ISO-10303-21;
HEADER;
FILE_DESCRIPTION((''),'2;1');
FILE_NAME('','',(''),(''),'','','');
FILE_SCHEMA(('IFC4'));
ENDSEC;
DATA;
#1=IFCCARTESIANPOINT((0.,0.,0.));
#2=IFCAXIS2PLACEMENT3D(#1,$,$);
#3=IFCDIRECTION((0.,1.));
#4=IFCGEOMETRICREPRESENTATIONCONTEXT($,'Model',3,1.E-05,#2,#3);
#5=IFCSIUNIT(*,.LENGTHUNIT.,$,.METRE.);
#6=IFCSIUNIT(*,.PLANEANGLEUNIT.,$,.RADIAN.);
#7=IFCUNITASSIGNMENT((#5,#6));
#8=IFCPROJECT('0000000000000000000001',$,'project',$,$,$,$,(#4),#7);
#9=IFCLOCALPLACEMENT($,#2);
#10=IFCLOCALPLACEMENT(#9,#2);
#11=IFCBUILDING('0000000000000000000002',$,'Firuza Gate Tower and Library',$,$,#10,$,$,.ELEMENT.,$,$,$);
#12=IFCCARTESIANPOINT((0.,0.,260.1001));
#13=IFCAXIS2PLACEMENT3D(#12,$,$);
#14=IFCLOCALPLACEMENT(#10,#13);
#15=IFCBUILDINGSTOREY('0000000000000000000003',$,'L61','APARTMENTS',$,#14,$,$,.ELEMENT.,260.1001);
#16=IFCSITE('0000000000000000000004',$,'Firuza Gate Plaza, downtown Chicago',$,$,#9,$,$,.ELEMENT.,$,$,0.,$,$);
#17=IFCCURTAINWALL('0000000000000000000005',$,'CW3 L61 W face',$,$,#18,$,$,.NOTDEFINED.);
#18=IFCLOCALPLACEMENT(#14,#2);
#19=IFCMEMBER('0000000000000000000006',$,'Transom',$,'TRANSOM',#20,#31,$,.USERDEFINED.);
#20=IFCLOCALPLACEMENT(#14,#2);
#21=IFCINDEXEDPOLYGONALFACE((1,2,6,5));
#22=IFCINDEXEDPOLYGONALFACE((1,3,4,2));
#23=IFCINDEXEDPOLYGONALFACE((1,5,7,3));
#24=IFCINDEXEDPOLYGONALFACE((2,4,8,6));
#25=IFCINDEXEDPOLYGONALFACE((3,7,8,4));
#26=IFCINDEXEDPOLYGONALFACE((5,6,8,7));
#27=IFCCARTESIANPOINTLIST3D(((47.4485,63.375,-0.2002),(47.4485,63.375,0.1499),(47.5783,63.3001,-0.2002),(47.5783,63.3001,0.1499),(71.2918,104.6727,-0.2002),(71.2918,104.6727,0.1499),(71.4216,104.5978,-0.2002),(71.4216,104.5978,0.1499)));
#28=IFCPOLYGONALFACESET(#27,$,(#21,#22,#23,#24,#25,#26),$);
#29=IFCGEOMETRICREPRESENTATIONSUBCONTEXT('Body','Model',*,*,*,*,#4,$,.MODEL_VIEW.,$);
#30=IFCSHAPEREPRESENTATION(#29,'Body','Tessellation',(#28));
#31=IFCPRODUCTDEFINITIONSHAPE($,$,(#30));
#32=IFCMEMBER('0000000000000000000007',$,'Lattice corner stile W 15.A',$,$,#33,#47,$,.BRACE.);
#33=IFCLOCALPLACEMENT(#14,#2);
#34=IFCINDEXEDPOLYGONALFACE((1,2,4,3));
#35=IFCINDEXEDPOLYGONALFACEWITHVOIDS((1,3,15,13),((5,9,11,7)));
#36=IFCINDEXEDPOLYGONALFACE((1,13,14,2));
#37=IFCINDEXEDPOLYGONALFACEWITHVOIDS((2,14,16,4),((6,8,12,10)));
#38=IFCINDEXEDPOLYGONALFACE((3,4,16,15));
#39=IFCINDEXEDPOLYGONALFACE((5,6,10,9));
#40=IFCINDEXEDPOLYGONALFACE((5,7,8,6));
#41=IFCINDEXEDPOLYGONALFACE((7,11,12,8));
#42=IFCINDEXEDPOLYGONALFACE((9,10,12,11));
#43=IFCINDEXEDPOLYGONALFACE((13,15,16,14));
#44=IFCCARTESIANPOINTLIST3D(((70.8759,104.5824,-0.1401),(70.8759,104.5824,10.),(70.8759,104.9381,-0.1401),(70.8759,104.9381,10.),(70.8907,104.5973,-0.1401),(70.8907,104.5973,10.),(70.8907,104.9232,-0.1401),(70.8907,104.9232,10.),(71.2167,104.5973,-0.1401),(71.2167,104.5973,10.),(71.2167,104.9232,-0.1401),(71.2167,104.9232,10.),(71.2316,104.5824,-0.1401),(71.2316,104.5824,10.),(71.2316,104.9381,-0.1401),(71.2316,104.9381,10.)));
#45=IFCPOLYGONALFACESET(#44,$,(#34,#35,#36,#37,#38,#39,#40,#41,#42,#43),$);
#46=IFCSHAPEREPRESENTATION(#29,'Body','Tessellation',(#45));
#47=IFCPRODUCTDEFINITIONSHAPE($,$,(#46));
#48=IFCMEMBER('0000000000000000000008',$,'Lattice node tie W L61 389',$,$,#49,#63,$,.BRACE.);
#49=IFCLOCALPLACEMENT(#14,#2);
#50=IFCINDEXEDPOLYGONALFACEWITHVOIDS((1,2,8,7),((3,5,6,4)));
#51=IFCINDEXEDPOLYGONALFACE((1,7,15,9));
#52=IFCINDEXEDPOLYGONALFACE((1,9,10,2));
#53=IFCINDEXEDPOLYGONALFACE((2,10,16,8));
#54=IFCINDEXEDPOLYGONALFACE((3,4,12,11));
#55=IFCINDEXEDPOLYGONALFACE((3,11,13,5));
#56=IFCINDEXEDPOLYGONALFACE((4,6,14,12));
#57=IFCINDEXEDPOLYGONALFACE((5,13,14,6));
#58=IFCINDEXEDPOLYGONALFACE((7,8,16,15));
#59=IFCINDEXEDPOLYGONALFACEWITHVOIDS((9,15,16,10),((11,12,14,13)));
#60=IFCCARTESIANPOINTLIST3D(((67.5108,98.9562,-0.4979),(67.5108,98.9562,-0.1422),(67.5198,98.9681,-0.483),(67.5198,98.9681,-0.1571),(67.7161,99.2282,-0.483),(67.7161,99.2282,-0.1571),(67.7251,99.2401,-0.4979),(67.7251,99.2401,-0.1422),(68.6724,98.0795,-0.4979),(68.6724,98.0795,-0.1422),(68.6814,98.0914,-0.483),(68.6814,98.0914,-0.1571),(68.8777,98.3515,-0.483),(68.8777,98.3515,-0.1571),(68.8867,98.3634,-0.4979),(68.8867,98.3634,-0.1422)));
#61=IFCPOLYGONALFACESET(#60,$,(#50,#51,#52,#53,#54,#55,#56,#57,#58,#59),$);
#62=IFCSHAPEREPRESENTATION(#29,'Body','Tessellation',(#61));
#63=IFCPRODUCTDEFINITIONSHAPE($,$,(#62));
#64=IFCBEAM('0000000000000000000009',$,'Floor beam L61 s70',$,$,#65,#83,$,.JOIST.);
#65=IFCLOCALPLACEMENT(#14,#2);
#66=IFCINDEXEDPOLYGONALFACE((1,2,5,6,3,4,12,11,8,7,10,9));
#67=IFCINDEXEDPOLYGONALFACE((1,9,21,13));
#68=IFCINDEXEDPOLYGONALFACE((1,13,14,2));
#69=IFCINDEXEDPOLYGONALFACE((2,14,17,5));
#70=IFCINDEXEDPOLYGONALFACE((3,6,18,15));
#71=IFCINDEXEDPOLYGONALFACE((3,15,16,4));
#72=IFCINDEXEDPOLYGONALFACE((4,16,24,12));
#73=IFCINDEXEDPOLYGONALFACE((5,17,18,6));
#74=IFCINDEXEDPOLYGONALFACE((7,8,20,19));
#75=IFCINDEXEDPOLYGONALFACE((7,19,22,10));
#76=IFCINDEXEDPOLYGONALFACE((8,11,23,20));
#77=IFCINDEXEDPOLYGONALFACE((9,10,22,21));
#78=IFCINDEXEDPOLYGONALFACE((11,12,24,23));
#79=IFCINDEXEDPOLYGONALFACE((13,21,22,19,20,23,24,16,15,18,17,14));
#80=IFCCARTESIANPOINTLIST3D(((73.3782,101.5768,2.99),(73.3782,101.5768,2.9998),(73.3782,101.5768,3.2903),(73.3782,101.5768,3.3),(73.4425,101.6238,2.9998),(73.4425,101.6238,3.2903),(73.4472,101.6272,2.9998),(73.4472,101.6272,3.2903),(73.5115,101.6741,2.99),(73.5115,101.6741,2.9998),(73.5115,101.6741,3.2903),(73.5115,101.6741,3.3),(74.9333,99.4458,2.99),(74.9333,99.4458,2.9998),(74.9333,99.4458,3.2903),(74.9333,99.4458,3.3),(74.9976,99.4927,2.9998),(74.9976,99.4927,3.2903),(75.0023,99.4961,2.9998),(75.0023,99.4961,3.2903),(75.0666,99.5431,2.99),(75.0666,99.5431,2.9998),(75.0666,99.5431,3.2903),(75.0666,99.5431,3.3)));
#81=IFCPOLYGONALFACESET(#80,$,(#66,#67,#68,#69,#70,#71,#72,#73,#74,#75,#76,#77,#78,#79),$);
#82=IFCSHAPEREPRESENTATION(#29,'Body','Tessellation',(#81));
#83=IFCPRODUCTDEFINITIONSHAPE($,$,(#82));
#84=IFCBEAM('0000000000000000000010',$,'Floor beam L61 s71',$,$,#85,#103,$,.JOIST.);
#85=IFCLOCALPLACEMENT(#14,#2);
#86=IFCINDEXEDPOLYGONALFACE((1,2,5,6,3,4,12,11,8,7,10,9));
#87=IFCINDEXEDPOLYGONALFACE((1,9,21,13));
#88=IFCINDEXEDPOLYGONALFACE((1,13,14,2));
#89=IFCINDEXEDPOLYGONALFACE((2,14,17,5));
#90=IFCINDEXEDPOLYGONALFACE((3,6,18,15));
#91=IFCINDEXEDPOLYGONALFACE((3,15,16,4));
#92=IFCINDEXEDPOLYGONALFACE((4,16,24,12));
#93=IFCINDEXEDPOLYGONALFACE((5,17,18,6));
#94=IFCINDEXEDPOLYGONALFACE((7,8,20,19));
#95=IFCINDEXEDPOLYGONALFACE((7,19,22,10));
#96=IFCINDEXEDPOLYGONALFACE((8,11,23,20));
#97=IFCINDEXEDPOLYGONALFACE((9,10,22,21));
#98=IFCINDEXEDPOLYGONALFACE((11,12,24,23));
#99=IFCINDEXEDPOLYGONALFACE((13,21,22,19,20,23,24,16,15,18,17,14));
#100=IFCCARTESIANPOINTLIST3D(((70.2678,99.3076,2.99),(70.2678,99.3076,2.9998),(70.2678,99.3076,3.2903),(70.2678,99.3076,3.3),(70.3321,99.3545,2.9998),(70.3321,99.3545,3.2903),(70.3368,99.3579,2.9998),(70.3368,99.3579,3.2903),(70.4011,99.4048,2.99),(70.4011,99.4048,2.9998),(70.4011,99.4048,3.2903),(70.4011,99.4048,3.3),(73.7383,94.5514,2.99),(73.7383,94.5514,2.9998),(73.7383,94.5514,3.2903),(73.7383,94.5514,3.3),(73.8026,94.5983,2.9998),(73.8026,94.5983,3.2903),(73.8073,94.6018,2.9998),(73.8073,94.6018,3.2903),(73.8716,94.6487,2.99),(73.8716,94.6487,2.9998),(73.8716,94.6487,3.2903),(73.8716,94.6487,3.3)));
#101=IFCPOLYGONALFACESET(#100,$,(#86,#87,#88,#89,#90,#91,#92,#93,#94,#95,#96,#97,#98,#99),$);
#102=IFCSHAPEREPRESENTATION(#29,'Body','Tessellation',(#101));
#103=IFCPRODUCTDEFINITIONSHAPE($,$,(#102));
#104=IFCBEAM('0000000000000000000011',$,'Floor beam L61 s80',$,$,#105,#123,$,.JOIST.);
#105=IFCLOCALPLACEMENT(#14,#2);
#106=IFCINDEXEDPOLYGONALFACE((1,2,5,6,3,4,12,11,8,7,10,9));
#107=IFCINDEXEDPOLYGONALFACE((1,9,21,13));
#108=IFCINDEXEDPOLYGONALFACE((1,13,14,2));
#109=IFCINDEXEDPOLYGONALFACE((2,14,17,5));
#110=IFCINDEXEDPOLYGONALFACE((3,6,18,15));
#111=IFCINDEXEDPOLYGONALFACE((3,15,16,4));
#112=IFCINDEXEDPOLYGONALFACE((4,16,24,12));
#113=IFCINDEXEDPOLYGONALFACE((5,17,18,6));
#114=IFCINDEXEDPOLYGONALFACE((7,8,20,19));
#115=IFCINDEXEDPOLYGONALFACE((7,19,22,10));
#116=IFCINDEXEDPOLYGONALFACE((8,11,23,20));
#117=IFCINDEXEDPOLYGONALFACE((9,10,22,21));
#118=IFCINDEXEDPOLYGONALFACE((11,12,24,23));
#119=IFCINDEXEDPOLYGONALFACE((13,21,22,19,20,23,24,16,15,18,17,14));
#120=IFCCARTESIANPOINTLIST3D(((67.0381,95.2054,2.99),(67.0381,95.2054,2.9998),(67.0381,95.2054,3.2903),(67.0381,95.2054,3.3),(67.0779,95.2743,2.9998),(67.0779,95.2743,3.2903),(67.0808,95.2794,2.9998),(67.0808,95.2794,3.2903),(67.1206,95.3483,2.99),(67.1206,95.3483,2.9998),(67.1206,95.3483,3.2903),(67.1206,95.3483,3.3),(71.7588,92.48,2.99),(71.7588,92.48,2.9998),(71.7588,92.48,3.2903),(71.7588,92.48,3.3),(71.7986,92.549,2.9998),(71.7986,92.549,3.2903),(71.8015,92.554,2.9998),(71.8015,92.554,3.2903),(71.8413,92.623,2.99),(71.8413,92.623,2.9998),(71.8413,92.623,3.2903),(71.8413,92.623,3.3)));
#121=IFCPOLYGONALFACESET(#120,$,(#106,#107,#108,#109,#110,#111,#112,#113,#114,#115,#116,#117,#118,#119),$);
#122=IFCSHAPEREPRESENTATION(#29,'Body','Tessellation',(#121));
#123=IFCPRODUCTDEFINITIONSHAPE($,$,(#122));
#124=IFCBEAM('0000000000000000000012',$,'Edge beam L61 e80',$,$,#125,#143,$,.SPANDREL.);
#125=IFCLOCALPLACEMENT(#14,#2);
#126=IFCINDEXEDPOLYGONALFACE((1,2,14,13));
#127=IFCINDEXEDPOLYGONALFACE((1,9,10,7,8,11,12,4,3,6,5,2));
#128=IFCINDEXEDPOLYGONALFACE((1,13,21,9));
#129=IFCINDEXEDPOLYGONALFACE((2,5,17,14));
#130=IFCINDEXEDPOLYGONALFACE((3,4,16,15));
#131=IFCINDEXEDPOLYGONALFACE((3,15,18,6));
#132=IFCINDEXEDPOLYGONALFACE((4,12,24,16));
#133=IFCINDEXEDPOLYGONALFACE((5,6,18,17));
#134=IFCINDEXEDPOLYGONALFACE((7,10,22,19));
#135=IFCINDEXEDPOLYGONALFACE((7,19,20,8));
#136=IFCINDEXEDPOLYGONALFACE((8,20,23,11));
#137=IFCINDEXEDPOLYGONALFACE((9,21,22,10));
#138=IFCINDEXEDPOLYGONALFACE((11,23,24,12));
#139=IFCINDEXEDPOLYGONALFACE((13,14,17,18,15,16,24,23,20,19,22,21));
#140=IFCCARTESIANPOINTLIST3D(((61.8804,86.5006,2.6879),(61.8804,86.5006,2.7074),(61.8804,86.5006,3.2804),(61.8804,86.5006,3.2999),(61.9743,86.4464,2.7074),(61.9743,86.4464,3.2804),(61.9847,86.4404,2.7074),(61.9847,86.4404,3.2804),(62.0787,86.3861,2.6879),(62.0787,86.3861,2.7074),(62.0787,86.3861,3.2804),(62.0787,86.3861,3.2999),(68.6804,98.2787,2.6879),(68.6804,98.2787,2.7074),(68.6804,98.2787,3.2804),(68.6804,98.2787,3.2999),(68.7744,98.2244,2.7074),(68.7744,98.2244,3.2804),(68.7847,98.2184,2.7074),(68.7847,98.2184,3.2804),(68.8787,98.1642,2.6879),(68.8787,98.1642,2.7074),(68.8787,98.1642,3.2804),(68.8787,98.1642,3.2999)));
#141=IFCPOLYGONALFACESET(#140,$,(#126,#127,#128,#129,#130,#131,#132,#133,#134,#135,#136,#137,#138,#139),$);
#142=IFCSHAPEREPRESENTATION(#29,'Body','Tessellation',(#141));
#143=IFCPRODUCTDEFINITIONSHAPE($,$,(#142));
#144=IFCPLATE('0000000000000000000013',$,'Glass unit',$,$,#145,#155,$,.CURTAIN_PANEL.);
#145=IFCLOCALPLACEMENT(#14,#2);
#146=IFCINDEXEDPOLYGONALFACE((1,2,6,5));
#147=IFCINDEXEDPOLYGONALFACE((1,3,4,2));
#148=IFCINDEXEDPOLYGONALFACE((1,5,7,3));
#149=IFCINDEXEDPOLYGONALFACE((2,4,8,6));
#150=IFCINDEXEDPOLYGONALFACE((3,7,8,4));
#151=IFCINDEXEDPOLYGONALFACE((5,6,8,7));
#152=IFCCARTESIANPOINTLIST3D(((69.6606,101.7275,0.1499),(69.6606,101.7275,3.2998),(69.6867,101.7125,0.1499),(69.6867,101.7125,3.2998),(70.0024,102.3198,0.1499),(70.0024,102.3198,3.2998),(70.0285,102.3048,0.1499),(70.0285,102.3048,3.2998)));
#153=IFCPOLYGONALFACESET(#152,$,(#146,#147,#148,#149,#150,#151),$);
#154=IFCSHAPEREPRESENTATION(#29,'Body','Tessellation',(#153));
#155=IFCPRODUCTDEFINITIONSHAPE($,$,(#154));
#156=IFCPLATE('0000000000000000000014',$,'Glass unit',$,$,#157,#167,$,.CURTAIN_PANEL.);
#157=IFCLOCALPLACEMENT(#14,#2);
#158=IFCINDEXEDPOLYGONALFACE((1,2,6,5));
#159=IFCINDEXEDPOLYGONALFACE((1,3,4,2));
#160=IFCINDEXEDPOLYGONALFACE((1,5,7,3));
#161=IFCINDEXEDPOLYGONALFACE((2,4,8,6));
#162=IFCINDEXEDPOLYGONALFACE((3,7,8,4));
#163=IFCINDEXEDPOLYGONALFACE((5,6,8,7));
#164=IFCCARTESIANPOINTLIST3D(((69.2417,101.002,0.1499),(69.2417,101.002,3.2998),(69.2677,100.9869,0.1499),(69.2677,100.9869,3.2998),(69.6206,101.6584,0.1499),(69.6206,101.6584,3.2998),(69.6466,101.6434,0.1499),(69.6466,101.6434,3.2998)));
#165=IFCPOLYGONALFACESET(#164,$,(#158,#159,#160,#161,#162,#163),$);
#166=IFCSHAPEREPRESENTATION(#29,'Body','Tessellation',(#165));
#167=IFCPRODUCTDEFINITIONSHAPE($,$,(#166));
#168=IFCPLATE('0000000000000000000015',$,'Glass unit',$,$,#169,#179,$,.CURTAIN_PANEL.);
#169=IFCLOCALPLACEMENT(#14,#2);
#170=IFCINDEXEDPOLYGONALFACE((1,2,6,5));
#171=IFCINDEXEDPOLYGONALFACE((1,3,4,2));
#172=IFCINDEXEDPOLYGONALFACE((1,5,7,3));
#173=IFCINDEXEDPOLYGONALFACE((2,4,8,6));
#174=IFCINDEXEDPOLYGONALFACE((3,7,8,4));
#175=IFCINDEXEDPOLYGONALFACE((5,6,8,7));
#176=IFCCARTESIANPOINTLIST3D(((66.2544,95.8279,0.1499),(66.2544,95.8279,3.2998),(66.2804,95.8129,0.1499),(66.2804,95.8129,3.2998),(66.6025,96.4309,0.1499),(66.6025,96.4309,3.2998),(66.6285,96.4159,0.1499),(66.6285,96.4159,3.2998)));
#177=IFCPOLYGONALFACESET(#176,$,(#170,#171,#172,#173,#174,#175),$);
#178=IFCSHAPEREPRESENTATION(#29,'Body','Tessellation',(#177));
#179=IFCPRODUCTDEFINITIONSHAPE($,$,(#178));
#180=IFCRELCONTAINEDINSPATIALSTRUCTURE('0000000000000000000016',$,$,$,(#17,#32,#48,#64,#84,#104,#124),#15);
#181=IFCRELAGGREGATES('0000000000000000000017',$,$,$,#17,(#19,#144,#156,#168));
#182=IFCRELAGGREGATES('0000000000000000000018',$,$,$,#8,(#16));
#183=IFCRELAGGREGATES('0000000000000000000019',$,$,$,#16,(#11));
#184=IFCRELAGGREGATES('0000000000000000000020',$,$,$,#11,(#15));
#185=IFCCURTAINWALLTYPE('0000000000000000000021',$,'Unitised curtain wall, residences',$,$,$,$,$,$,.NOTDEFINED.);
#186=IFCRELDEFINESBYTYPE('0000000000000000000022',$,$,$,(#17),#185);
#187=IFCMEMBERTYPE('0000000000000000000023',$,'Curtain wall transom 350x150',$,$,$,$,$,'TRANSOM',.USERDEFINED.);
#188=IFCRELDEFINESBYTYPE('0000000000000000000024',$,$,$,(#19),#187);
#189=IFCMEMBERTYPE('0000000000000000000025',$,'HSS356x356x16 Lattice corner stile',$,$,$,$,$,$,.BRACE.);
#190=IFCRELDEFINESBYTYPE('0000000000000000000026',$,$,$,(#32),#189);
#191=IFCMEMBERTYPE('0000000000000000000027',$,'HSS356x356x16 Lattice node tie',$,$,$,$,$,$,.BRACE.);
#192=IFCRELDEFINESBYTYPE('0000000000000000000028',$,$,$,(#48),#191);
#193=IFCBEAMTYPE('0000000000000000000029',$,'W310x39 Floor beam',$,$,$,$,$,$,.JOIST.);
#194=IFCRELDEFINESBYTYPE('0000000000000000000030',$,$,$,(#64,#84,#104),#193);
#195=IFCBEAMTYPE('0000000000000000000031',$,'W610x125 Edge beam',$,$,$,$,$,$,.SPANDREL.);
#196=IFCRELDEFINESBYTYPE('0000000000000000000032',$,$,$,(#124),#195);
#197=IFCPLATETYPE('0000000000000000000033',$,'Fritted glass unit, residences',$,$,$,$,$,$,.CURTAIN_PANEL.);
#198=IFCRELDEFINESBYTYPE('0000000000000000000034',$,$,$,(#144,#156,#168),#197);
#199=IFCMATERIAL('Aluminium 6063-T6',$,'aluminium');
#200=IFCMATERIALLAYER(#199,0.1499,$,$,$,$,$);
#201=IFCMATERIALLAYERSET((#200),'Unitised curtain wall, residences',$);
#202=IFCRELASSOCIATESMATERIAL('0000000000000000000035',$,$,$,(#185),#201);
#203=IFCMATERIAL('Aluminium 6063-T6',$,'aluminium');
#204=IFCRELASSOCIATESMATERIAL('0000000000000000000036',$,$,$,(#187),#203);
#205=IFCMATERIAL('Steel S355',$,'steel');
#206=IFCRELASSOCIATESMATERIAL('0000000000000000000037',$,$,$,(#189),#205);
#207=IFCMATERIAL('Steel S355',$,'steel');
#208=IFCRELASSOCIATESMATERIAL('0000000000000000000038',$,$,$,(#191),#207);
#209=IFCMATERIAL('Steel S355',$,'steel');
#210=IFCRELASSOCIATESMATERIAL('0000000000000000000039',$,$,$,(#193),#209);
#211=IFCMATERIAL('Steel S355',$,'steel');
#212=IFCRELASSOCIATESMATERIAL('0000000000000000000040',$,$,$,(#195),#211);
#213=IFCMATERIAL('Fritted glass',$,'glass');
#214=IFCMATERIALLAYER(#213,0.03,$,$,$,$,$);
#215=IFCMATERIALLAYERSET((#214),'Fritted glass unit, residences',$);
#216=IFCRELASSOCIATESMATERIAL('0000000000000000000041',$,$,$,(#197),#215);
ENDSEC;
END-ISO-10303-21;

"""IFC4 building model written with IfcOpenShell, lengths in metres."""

from ifc_helpers import new_model, si_unit, direction, frame, origin, origin_2d, place, context, subcontext, project, spatial, polyline, rectangle, hollow_rectangle, i_section, outline, extrude, material, layer, layer_set, material_profile, profile_set, type_object, element, aggregate, save


model = new_model("IFC4")

# Units and contexts
model_context = context("Model", 3, precision=1e-05, world=origin(), true_north=direction((0.0, 1.0)))
body_context = subcontext(model_context, "Body", "Model", "MODEL_VIEW")
ifc_project = project(units=[si_unit("LENGTHUNIT", "METRE"), si_unit("PLANEANGLEUNIT", "RADIAN")], contexts=[model_context])

# Site, building, storey
site_placement = place(None, origin())
site = spatial("IfcSite", under=ifc_project, at=site_placement, Name="Firuza Gate Plaza, downtown Chicago", CompositionType="ELEMENT", RefElevation=0.0)
building_placement = place(site_placement, origin())
building = spatial("IfcBuilding", under=site, at=building_placement, Name="Firuza Gate Tower and Library", CompositionType="ELEMENT")
storey_placement = place(building_placement, frame((0.0, 0.0, 260.1001)))
storey = spatial("IfcBuildingStorey", under=building, at=storey_placement, Name="L61", Description="APARTMENTS", CompositionType="ELEMENT", Elevation=260.1001)

# Curtain wall, member
ifc_material_1 = material(Name="Aluminium 6063-T6", Category="aluminium")
ifc_layer_1 = layer(ifc_material_1, 0.1499)
ifc_layer_set_1 = layer_set([ifc_layer_1], Name="Unitised curtain wall, residences")
curtain_wall_type = type_object("IfcCurtainWallType", Name="Unitised curtain wall, residences", PredefinedType="NOTDEFINED", material=ifc_layer_set_1)
curtain_wall_placement = place(storey_placement, origin())
curtain_wall = element("IfcCurtainWall", 1, at=curtain_wall_placement, inside=storey, type_object=curtain_wall_type, Name="CW3 L61 W face", PredefinedType="NOTDEFINED")
ifc_material_2 = material(Name="Aluminium 6063-T6", Category="aluminium")
ifc_material_profile_1 = material_profile(ifc_material_2, rectangle(XDim=0.1499, YDim=0.3501, at=origin_2d()))
ifc_profile_set_1 = profile_set([ifc_material_profile_1], Name="Aluminium 6063-T6")
member_type_1 = type_object("IfcMemberType", Name="Curtain wall transom 350x150", ElementType="TRANSOM", PredefinedType="USERDEFINED", material=ifc_profile_set_1)
member_1_placement = place(storey_placement, frame((71.3567, 104.6353, -0.0251), z_axis=(-0.500001, -0.866025, 0.0), x_axis=(0.866025, -0.500001, 0.0)))
member_1 = element("IfcMember", 2, at=member_1_placement, type_object=member_type_1, Name="Transom", ObjectType="TRANSOM", PredefinedType="USERDEFINED", context=body_context, shape_type="SweptSolid", body=[
    extrude(rectangle(XDim=0.1499, YDim=0.3501, at=origin_2d()), origin(), (0.0, 0.0, 1.0), 47.6865),
])

# Members
ifc_material_3 = material(Name="Steel S355", Category="steel")
ifc_material_profile_2 = material_profile(ifc_material_3, hollow_rectangle(XDim=0.3557, YDim=0.3557, WallThickness=0.0149, at=origin_2d()))
ifc_profile_set_2 = profile_set([ifc_material_profile_2], Name="Steel S355")
member_type_2 = type_object("IfcMemberType", Name="HSS356x356x16 Lattice corner stile", PredefinedType="BRACE", material=ifc_profile_set_2)
member_2_placement = place(storey_placement, frame((71.0537, 104.7603, -0.1401), z_axis=(0.0, 0.0, 1.0), x_axis=(1.0, 0.0, 0.0)))
element("IfcMember", 3, at=member_2_placement, inside=storey, type_object=member_type_2, Name="Lattice corner stile W 15.A", PredefinedType="BRACE", context=body_context, shape_type="SweptSolid", body=[
    extrude(hollow_rectangle(XDim=0.3557, YDim=0.3557, WallThickness=0.0149, at=origin_2d()), origin(), (0.0, 0.0, 1.0), 10.1401),
])
ifc_material_4 = material(Name="Steel S355", Category="steel")
ifc_material_profile_3 = material_profile(ifc_material_4, hollow_rectangle(XDim=0.3557, YDim=0.3557, WallThickness=0.0149, at=origin_2d()))
ifc_profile_set_3 = profile_set([ifc_material_profile_3], Name="Steel S355")
member_type_3 = type_object("IfcMemberType", Name="HSS356x356x16 Lattice node tie", PredefinedType="BRACE", material=ifc_profile_set_3)
member_3_placement = place(storey_placement, frame((68.7795, 98.2214, -0.3201), z_axis=(-0.798185, 0.602413, 0.0), x_axis=(-0.602413, -0.798185, 0.0)))
element("IfcMember", 4, at=member_3_placement, inside=storey, type_object=member_type_3, Name="Lattice node tie W L61 389", PredefinedType="BRACE", context=body_context, shape_type="SweptSolid", body=[
    extrude(hollow_rectangle(XDim=0.3557, YDim=0.3557, WallThickness=0.0149, at=origin_2d()), origin(), (0.0, 0.0, 1.0), 1.4553),
])

# Beams
ifc_material_5 = material(Name="Steel S355", Category="steel")
ifc_material_profile_4 = material_profile(ifc_material_5, i_section(OverallWidth=0.165, OverallDepth=0.3101, WebThickness=0.0059, FlangeThickness=0.0098, at=origin_2d()))
ifc_profile_set_4 = profile_set([ifc_material_profile_4], Name="Steel S355")
beam_type_1 = type_object("IfcBeamType", Name="W310x39 Floor beam", PredefinedType="JOIST", material=ifc_profile_set_4)
beam_1_placement = place(storey_placement, frame((73.4448, 101.6255, 3.145), z_axis=(0.58948, -0.807783, 0.0), x_axis=(0.807783, 0.58948, 0.0)))
element("IfcBeam", 5, at=beam_1_placement, inside=storey, type_object=beam_type_1, Name="Floor beam L61 s70", PredefinedType="JOIST", context=body_context, shape_type="SweptSolid", body=[
    extrude(i_section(OverallWidth=0.165, OverallDepth=0.3101, WebThickness=0.0059, FlangeThickness=0.0098, at=origin_2d()), origin(), (0.0, 0.0, 1.0), 2.6382),
])
beam_2_placement = place(storey_placement, frame((70.3345, 99.3562, 3.145), z_axis=(0.589446, -0.807808, 0.0), x_axis=(0.807808, 0.589446, 0.0)))
element("IfcBeam", 6, at=beam_2_placement, inside=storey, type_object=beam_type_1, Name="Floor beam L61 s71", PredefinedType="JOIST", context=body_context, shape_type="SweptSolid", body=[
    extrude(i_section(OverallWidth=0.165, OverallDepth=0.3101, WebThickness=0.0059, FlangeThickness=0.0098, at=origin_2d()), origin(), (0.0, 0.0, 1.0), 5.8877),
])
beam_3_placement = place(storey_placement, frame((67.0793, 95.2769, 3.145), z_axis=(0.866038, -0.499978, 0.0), x_axis=(0.499978, 0.866038, 0.0)))
element("IfcBeam", 7, at=beam_3_placement, inside=storey, type_object=beam_type_1, Name="Floor beam L61 s80", PredefinedType="JOIST", context=body_context, shape_type="SweptSolid", body=[
    extrude(i_section(OverallWidth=0.165, OverallDepth=0.3101, WebThickness=0.0059, FlangeThickness=0.0098, at=origin_2d()), origin(), (0.0, 0.0, 1.0), 5.4509),
])
ifc_material_6 = material(Name="Steel S355", Category="steel")
ifc_material_profile_5 = material_profile(ifc_material_6, i_section(OverallWidth=0.229, OverallDepth=0.6121, WebThickness=0.012, FlangeThickness=0.0195, at=origin_2d()))
ifc_profile_set_5 = profile_set([ifc_material_profile_5], Name="Steel S355")
beam_type_2 = type_object("IfcBeamType", Name="W610x125 Edge beam", PredefinedType="SPANDREL", material=ifc_profile_set_5)
beam_4_placement = place(storey_placement, frame((68.7795, 98.2214, 2.9939), z_axis=(-0.499999, -0.866026, 0.0), x_axis=(0.866026, -0.499999, 0.0)))
element("IfcBeam", 8, at=beam_4_placement, inside=storey, type_object=beam_type_2, Name="Edge beam L61 e80", PredefinedType="SPANDREL", context=body_context, shape_type="SweptSolid", body=[
    extrude(i_section(OverallWidth=0.229, OverallDepth=0.6121, WebThickness=0.012, FlangeThickness=0.0195, at=origin_2d()), origin(), (0.0, 0.0, 1.0), 13.6001),
])

# Plates
ifc_material_7 = material(Name="Fritted glass", Category="glass")
ifc_layer_2 = layer(ifc_material_7, 0.03)
ifc_layer_set_2 = layer_set([ifc_layer_2], Name="Fritted glass unit, residences")
plate_type_1 = type_object("IfcPlateType", Name="Fritted glass unit, residences", PredefinedType="CURTAIN_PANEL", material=ifc_layer_set_2)
plate_1_placement = place(storey_placement, frame((70.0024, 102.3198, 0.1499), z_axis=(-0.866126, 0.499825, 0.0), x_axis=(-0.499825, -0.866126, 0.0)))
plate_1 = element("IfcPlate", 9, at=plate_1_placement, type_object=plate_type_1, Name="Glass unit", PredefinedType="CURTAIN_PANEL", context=body_context, shape_type="SweptSolid", body=[
    extrude(outline(polyline([(0.0, 0.0), (0.6838, 0.0), (0.6838, 3.1499), (0.0, 3.1499), (0.0, 0.0)])), origin(), (0.0, 0.0, -1.0), 0.03),
])
plate_2_placement = place(storey_placement, frame((69.6206, 101.6584, 0.1499), z_axis=(-0.866094, 0.49988, 0.0), x_axis=(-0.49988, -0.866094, 0.0)))
plate_2 = element("IfcPlate", 10, at=plate_2_placement, type_object=plate_type_1, Name="Glass unit", PredefinedType="CURTAIN_PANEL", context=body_context, shape_type="SweptSolid", body=[
    extrude(outline(polyline([(0.0, 0.0), (0.758, 0.0), (0.758, 3.1499), (0.0, 3.1499), (0.0, 0.0)])), origin(), (0.0, 0.0, -1.0), 0.03),
])
plate_3_placement = place(storey_placement, frame((66.6025, 96.4309, 0.1499), z_axis=(-0.866034, 0.499985, 0.0), x_axis=(-0.499985, -0.866034, 0.0)))
plate_3 = element("IfcPlate", 11, at=plate_3_placement, type_object=plate_type_1, Name="Glass unit", PredefinedType="CURTAIN_PANEL", context=body_context, shape_type="SweptSolid", body=[
    extrude(outline(polyline([(0.0, 0.0), (0.6963, 0.0), (0.6963, 3.1499), (0.0, 3.1499), (0.0, 0.0)])), origin(), (0.0, 0.0, -1.0), 0.03),
])
aggregate(curtain_wall, [member_1, plate_1, plate_2, plate_3])

save(model, "model.ifc")
